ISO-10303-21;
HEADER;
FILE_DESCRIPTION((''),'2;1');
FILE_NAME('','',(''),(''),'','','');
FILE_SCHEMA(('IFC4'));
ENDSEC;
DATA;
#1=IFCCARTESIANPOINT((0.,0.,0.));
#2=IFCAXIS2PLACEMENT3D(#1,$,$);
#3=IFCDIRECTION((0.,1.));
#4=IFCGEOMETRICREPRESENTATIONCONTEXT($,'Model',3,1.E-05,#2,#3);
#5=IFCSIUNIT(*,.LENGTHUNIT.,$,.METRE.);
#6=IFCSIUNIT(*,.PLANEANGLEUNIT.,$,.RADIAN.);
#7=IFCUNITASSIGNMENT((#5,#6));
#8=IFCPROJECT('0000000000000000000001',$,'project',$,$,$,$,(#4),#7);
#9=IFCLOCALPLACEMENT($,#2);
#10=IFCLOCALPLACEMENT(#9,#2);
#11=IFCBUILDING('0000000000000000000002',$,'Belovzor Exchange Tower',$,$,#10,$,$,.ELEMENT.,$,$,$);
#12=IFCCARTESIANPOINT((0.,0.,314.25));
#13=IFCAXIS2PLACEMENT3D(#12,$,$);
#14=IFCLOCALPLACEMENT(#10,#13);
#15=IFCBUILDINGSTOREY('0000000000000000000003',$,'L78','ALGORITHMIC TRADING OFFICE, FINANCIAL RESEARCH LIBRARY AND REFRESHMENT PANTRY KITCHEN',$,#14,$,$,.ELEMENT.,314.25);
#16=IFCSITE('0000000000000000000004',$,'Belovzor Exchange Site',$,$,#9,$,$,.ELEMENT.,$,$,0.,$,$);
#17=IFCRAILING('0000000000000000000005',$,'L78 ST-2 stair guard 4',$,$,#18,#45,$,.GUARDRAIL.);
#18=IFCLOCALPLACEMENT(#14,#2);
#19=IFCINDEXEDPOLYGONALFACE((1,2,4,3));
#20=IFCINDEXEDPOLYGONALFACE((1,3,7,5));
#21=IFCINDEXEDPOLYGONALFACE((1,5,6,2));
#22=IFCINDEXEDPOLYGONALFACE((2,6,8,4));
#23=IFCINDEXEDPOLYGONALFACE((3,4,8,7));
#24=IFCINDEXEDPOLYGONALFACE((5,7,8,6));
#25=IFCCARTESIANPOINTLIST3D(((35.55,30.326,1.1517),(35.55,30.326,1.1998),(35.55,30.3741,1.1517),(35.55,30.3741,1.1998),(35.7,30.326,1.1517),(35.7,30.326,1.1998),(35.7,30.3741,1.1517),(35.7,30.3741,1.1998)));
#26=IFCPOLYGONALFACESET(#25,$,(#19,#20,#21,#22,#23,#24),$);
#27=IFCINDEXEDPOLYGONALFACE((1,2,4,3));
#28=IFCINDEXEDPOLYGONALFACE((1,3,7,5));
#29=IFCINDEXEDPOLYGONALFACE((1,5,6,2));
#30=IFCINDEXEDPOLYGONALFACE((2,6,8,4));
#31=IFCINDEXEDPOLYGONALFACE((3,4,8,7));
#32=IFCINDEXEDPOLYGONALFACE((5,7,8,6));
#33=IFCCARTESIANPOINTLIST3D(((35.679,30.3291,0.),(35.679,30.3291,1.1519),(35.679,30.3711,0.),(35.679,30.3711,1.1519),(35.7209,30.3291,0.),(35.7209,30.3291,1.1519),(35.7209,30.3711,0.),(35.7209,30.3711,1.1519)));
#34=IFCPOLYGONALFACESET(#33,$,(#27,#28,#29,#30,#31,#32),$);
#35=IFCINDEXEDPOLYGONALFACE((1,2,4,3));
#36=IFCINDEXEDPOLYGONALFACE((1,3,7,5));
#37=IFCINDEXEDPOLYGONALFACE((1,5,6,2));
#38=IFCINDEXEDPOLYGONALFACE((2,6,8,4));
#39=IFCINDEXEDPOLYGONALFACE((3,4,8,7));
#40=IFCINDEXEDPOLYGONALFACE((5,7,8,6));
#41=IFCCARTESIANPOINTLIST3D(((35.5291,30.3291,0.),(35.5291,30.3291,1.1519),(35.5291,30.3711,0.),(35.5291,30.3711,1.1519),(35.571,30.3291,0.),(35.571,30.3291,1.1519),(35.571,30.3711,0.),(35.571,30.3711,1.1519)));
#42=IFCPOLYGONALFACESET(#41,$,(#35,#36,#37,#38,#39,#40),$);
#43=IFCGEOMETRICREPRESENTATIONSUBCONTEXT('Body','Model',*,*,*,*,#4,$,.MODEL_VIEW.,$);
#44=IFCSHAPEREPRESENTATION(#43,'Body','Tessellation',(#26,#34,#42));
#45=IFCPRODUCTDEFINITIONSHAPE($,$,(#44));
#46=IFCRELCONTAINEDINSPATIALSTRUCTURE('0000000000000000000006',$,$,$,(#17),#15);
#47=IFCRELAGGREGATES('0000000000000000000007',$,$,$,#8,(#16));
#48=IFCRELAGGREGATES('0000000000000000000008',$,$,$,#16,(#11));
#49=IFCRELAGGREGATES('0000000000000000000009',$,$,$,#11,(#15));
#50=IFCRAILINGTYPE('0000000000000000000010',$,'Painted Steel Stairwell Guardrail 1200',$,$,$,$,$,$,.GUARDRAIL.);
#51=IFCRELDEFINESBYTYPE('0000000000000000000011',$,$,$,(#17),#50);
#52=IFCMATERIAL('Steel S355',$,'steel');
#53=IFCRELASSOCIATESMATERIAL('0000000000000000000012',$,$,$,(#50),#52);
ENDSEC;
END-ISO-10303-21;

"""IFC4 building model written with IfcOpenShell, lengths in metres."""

from ifc_helpers import new_model, si_unit, direction, frame, origin, origin_2d, place, context, subcontext, project, spatial, rectangle, extrude, material, type_object, element, save


model = new_model("IFC4")

# Units and contexts
model_context = context("Model", 3, precision=1e-05, world=origin(), true_north=direction((0.0, 1.0)))
body_context = subcontext(model_context, "Body", "Model", "MODEL_VIEW")
ifc_project = project(units=[si_unit("LENGTHUNIT", "METRE"), si_unit("PLANEANGLEUNIT", "RADIAN")], contexts=[model_context])

# Site, building, storey
site_placement = place(None, origin())
site = spatial("IfcSite", under=ifc_project, at=site_placement, Name="Belovzor Exchange Site", CompositionType="ELEMENT", RefElevation=0.0)
building_placement = place(site_placement, origin())
building = spatial("IfcBuilding", under=site, at=building_placement, Name="Belovzor Exchange Tower", CompositionType="ELEMENT")
storey_placement = place(building_placement, frame((0.0, 0.0, 314.25)))
storey = spatial("IfcBuildingStorey", under=building, at=storey_placement, Name="L78", Description="ALGORITHMIC TRADING OFFICE, FINANCIAL RESEARCH LIBRARY AND REFRESHMENT PANTRY KITCHEN", CompositionType="ELEMENT", Elevation=314.25)

# Railing
ifc_material_1 = material(Name="Steel S355", Category="steel")
railing_type = type_object("IfcRailingType", Name="Painted Steel Stairwell Guardrail 1200", PredefinedType="GUARDRAIL", material=ifc_material_1)
railing_placement = place(storey_placement, frame((35.7, 30.3501, 0.0)))
element("IfcRailing", 1, at=railing_placement, inside=storey, type_object=railing_type, Name="L78 ST-2 stair guard 4", PredefinedType="GUARDRAIL", context=body_context, shape_type="SweptSolid", body=[
    extrude(rectangle(XDim=0.0481, YDim=0.0481, at=origin_2d()), frame((0.0, 0.0, 1.1758), z_axis=(-1.0, 0.0, 0.0), x_axis=(0.0, -1.0, 0.0)), (0.0, 0.0, 1.0), 0.1499),
    extrude(rectangle(XDim=0.042, YDim=0.042, at=origin_2d()), origin(), (0.0, 0.0, 1.0), 1.1519),
    extrude(rectangle(XDim=0.042, YDim=0.042, at=origin_2d()), frame((-0.1499, 0.0, 0.0)), (0.0, 0.0, 1.0), 1.1519),
])

save(model, "model.ifc")
